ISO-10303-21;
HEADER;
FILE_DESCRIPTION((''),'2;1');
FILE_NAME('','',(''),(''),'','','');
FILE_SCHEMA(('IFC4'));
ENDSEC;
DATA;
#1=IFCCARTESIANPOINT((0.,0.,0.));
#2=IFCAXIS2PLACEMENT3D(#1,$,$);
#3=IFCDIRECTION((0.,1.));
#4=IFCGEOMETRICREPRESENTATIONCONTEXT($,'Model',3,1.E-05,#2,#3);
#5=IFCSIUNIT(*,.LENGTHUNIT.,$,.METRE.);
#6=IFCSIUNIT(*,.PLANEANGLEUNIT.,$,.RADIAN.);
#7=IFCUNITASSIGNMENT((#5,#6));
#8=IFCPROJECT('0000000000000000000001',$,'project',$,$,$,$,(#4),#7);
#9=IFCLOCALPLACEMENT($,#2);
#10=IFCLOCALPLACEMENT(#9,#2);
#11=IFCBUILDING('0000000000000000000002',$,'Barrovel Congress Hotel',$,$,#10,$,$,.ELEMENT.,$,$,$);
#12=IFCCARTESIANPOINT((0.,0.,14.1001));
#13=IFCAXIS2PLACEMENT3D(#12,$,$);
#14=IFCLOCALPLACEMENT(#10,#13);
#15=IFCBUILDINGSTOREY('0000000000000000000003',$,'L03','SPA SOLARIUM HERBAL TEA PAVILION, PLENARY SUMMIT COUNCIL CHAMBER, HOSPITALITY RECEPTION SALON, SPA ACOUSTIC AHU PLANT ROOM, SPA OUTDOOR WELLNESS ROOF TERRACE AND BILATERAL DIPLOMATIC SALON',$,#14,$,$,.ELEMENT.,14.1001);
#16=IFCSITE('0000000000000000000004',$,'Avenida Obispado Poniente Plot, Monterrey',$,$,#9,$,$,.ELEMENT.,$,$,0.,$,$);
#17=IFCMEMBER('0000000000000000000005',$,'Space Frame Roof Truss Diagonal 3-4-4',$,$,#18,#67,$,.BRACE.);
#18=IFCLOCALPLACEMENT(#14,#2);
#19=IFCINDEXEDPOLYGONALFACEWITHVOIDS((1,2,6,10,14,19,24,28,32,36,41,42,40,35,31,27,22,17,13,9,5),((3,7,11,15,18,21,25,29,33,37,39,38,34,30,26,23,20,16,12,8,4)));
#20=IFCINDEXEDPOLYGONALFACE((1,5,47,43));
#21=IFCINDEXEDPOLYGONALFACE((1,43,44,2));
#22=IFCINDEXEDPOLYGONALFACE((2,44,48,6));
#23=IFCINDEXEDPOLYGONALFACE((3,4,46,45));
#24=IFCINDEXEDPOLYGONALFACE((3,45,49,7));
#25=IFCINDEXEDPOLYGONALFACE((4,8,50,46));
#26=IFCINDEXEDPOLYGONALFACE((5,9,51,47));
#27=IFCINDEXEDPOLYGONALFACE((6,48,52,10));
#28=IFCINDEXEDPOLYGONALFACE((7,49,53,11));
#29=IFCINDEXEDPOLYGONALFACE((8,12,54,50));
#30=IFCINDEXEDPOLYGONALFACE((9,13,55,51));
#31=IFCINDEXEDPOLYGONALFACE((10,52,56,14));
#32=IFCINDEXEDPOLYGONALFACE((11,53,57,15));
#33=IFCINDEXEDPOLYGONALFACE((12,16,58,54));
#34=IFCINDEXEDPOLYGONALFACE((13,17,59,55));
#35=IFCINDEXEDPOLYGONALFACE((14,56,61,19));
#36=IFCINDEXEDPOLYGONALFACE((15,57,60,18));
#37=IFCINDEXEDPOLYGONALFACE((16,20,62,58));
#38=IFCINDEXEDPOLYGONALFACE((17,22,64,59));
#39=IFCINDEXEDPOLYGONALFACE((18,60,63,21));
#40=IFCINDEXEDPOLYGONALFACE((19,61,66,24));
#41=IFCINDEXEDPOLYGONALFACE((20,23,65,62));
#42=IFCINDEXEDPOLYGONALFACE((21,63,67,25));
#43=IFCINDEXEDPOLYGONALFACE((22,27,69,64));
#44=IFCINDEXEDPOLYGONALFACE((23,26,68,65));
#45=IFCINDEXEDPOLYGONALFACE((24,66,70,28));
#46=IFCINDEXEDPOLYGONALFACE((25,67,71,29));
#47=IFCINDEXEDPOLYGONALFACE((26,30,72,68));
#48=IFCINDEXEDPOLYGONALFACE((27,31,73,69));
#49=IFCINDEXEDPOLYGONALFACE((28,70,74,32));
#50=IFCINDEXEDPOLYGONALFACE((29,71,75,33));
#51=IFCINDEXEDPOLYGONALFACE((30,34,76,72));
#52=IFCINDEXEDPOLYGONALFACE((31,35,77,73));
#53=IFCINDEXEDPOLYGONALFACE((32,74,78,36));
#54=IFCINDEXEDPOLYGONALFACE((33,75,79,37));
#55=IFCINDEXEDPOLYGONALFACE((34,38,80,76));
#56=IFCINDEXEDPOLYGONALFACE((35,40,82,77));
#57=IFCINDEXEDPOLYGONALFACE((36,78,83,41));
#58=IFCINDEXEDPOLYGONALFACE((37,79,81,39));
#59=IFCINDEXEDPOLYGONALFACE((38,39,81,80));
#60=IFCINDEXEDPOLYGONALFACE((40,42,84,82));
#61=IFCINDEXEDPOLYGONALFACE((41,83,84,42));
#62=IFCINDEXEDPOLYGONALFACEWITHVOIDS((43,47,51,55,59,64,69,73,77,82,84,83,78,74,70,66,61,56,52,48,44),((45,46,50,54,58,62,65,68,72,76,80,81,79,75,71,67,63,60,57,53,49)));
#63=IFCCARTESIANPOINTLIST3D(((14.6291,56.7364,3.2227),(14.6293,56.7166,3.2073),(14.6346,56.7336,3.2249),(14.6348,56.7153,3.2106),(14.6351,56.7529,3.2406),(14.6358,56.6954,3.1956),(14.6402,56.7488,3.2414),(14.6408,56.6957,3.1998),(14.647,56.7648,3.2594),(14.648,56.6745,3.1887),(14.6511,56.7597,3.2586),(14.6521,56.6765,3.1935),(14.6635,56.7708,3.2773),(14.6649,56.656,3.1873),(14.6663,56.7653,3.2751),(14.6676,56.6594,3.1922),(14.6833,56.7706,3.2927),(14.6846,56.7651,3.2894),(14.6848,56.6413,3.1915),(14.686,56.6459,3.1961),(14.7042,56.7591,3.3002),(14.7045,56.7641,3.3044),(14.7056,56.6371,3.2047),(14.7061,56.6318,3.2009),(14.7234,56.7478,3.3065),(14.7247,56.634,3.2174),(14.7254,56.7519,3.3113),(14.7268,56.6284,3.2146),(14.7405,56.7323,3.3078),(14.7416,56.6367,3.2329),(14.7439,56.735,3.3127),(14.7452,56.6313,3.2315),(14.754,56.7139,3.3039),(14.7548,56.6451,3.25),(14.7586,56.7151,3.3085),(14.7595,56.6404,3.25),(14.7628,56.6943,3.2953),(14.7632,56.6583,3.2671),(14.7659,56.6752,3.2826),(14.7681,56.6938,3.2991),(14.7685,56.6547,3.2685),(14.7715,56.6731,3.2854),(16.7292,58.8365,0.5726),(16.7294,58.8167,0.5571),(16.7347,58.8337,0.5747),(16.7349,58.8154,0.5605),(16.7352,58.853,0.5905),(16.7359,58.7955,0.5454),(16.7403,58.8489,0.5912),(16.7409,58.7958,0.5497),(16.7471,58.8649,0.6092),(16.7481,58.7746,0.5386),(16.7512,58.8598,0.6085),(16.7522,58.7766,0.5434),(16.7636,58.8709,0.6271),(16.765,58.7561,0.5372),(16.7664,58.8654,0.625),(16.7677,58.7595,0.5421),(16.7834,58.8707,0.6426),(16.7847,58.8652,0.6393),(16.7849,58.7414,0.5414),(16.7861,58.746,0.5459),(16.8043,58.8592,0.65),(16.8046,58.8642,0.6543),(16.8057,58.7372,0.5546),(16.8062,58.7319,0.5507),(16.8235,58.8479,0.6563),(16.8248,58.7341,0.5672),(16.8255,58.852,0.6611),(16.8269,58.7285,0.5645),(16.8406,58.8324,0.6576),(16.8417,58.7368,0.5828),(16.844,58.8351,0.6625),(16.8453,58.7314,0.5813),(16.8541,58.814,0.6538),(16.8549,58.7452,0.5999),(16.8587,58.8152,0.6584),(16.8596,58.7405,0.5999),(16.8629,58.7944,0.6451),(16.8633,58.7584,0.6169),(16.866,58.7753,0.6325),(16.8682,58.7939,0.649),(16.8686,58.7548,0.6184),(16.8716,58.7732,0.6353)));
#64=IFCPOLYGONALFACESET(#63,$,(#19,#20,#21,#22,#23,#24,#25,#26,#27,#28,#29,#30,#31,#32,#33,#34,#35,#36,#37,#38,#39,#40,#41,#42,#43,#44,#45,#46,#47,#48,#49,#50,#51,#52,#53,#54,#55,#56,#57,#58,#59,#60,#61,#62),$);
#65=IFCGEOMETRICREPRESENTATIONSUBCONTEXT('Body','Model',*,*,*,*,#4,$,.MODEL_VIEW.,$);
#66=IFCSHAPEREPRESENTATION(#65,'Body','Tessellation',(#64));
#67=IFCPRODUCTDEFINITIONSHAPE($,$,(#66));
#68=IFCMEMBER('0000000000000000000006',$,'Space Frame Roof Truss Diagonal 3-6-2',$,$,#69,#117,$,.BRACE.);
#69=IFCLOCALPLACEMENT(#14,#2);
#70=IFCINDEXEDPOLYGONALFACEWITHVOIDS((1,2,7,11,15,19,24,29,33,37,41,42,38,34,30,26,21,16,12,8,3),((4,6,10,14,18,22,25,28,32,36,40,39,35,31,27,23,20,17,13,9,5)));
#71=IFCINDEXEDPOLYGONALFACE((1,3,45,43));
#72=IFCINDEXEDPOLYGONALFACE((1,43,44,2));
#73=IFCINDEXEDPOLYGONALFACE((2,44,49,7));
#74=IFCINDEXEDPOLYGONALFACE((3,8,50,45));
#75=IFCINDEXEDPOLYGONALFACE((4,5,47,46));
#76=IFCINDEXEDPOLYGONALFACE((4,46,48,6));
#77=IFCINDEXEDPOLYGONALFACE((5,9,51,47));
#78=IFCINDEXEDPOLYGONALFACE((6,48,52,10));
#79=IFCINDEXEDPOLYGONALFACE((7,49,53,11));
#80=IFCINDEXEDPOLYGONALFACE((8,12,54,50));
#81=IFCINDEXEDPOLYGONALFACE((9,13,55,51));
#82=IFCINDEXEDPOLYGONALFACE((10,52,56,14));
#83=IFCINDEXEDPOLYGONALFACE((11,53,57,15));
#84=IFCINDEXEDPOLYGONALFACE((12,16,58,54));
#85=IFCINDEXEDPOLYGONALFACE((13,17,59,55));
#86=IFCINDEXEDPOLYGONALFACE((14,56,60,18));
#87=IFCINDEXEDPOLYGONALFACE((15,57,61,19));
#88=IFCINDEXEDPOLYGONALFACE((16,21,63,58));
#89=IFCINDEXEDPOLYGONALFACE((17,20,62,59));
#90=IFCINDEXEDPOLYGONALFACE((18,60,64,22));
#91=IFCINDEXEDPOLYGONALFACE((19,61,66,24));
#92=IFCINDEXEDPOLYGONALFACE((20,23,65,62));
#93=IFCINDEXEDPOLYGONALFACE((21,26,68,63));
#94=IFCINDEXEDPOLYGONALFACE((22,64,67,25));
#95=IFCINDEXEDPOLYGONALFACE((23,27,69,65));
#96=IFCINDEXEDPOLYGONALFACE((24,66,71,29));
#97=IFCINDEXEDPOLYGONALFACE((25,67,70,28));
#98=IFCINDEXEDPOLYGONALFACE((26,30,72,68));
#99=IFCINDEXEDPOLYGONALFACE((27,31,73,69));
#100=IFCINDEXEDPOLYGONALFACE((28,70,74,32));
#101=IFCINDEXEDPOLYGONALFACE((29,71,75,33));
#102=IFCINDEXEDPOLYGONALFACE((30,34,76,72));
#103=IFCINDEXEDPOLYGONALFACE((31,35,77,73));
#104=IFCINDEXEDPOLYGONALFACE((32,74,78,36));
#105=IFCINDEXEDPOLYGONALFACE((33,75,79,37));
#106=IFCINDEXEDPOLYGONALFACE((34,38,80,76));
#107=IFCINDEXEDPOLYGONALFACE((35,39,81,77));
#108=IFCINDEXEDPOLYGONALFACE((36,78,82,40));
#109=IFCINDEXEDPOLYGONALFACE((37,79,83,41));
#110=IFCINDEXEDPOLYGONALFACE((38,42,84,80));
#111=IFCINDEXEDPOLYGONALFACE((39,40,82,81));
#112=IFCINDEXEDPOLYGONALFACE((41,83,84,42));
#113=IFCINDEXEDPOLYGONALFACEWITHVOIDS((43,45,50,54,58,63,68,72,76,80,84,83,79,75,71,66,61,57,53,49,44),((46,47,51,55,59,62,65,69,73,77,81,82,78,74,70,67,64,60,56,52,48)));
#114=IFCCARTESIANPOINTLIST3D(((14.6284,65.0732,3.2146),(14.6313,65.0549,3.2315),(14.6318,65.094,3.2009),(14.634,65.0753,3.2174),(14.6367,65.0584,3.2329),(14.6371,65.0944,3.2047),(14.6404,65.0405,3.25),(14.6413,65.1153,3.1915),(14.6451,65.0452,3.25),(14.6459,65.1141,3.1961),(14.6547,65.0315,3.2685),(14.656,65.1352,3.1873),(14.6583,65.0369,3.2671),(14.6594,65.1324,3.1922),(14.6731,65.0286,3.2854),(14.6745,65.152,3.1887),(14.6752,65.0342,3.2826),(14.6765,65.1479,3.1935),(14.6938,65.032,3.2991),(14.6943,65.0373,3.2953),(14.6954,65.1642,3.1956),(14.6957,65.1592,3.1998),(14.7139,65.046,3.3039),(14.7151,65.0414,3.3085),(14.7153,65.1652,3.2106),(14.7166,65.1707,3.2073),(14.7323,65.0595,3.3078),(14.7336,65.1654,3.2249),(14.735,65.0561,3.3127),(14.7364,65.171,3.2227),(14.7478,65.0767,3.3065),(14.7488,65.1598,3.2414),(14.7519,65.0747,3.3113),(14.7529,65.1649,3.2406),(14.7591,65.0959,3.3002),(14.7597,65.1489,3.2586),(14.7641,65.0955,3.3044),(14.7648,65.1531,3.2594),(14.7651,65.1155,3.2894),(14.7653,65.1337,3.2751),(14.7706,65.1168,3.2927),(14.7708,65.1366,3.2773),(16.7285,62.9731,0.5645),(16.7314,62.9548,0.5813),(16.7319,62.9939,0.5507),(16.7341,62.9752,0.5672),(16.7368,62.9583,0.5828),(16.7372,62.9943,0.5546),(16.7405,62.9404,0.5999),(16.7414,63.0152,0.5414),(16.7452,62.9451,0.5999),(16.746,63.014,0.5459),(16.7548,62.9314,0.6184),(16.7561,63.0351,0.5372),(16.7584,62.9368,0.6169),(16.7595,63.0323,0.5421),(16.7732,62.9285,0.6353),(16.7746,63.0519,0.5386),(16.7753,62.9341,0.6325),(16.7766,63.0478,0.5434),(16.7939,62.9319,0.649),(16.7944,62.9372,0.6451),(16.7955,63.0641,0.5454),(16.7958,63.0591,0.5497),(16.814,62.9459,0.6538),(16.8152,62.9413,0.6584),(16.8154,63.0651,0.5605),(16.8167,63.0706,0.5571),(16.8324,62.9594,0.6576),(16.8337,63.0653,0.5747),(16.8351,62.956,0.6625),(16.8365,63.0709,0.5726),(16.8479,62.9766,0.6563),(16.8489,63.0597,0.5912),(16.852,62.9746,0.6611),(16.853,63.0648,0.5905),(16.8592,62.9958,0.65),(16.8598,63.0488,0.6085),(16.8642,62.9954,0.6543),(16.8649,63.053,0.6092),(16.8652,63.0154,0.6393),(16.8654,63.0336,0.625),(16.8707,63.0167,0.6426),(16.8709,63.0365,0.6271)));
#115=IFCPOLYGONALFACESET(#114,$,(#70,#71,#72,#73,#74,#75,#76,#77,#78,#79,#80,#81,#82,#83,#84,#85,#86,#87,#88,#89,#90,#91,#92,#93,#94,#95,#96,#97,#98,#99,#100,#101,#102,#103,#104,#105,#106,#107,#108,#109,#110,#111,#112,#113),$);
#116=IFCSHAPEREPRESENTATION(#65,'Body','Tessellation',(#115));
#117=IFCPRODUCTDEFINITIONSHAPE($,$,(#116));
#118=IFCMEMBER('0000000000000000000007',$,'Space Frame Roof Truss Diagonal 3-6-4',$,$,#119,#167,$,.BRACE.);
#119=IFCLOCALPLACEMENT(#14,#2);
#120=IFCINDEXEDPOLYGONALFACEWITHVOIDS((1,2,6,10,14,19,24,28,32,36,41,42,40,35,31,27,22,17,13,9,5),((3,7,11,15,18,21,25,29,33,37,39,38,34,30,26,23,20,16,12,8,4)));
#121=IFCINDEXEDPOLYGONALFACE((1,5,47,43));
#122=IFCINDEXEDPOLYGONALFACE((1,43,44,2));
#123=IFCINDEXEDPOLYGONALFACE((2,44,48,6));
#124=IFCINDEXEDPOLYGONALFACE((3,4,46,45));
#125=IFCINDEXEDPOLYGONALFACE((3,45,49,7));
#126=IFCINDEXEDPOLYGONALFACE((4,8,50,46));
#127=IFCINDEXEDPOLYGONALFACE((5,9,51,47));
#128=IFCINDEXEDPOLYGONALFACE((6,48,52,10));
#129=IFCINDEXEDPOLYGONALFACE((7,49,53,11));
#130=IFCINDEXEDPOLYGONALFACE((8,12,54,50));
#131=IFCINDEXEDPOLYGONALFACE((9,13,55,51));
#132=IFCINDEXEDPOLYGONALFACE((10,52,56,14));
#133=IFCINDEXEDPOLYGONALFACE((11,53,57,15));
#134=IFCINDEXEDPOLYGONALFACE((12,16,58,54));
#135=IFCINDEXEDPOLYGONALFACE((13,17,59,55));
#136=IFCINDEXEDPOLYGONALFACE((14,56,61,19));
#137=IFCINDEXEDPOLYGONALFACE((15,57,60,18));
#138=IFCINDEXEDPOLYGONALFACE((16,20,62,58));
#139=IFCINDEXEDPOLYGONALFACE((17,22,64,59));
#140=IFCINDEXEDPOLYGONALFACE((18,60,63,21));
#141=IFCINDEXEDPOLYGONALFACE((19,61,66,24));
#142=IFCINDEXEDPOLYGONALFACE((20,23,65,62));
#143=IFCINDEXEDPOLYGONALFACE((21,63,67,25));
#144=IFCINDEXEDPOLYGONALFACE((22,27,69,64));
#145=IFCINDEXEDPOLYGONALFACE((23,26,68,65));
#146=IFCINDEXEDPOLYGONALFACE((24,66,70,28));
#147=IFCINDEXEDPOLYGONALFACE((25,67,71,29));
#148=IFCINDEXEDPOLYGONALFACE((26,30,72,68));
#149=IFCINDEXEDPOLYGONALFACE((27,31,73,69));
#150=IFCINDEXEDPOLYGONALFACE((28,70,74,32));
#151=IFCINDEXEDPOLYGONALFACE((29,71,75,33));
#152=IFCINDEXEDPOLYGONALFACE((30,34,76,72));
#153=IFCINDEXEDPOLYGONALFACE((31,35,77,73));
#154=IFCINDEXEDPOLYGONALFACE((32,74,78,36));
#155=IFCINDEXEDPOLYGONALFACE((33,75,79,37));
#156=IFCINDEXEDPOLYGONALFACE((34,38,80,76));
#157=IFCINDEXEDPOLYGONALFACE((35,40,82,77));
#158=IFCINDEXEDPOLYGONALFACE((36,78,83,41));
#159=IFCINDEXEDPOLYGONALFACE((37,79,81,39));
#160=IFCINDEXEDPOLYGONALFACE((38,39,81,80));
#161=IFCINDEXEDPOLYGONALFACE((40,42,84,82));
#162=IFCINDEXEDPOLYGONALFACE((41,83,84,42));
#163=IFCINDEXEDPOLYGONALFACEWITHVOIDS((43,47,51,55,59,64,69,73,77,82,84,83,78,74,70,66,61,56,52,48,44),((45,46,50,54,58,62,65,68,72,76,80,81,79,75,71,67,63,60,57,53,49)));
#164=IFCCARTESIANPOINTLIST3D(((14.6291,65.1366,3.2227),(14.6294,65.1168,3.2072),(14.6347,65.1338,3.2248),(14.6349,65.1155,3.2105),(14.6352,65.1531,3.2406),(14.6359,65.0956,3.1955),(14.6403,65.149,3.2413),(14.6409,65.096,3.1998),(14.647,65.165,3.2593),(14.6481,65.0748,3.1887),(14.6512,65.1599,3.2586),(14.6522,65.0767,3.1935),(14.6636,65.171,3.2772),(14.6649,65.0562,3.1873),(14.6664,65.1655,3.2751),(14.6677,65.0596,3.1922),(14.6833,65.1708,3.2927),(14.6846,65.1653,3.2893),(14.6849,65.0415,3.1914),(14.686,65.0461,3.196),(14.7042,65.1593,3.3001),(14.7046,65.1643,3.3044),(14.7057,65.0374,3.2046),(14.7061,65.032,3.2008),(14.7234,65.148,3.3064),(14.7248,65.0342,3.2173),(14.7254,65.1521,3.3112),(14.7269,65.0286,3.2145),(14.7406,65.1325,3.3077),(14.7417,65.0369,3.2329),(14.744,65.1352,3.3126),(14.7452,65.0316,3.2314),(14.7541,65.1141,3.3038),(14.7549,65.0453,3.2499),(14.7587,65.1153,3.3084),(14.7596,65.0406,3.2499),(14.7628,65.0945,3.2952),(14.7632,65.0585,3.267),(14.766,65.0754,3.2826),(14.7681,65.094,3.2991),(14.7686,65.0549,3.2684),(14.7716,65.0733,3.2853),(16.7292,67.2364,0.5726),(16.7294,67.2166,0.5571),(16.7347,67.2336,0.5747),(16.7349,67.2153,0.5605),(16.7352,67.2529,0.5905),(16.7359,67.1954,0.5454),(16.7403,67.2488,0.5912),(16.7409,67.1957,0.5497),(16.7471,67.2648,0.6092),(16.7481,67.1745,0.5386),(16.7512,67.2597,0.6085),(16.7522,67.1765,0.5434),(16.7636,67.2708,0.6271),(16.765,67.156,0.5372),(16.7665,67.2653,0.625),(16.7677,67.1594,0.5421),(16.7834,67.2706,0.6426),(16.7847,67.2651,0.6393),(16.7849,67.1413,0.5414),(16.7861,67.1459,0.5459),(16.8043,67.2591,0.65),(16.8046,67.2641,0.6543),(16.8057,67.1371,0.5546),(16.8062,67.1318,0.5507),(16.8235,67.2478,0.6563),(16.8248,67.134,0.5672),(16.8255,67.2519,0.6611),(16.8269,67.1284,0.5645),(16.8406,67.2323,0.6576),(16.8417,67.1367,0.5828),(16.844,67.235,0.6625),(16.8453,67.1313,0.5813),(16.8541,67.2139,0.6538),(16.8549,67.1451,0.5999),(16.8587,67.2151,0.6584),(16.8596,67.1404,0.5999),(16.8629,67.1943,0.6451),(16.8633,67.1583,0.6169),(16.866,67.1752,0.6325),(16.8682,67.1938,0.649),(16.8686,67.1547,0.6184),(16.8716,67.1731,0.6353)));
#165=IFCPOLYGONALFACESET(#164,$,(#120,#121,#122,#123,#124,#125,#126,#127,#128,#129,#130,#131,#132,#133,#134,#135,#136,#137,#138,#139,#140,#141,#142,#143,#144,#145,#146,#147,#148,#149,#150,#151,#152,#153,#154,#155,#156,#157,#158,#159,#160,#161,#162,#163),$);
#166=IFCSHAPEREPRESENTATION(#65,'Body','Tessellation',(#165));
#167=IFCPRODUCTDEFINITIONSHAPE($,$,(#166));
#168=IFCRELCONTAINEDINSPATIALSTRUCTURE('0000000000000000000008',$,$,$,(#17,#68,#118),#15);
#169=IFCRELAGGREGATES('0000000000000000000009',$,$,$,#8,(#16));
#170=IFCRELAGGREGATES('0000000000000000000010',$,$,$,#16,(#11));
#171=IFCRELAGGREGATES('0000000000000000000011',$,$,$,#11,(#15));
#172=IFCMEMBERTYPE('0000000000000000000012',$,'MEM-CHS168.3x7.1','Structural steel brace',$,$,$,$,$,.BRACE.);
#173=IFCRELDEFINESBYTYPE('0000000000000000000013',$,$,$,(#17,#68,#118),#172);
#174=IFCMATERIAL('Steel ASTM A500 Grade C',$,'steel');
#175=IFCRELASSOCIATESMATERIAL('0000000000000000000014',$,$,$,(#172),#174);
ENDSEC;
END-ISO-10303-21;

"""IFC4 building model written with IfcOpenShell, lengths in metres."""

from ifc_helpers import new_model, si_unit, direction, frame, origin, origin_2d, place, context, subcontext, project, spatial, hollow_circle, extrude, material, material_profile, profile_set, type_object, element, save


model = new_model("IFC4")

# Units and contexts
model_context = context("Model", 3, precision=1e-05, world=origin(), true_north=direction((0.0, 1.0)))
body_context = subcontext(model_context, "Body", "Model", "MODEL_VIEW")
ifc_project = project(units=[si_unit("LENGTHUNIT", "METRE"), si_unit("PLANEANGLEUNIT", "RADIAN")], contexts=[model_context])

# Site, building, storey
site_placement = place(None, origin())
site = spatial("IfcSite", under=ifc_project, at=site_placement, Name="Avenida Obispado Poniente Plot, Monterrey", CompositionType="ELEMENT", RefElevation=0.0)
building_placement = place(site_placement, origin())
building = spatial("IfcBuilding", under=site, at=building_placement, Name="Barrovel Congress Hotel", CompositionType="ELEMENT")
storey_placement = place(building_placement, frame((0.0, 0.0, 14.1001)))
storey = spatial("IfcBuildingStorey", under=building, at=storey_placement, Name="L03", Description="SPA SOLARIUM HERBAL TEA PAVILION, PLENARY SUMMIT COUNCIL CHAMBER, HOSPITALITY RECEPTION SALON, SPA ACOUSTIC AHU PLANT ROOM, SPA OUTDOOR WELLNESS ROOF TERRACE AND BILATERAL DIPLOMATIC SALON", CompositionType="ELEMENT", Elevation=14.1001)

# Members
ifc_material_1 = material(Name="Steel ASTM A500 Grade C", Category="steel")
ifc_material_profile_1 = material_profile(ifc_material_1, hollow_circle(Radius=0.0842, WallThickness=0.0066, at=origin_2d()), Name="CHS168.3x7.1")
ifc_profile_set_1 = profile_set([ifc_material_profile_1], Name="Steel ASTM A500 Grade C")
member_type_1 = type_object("IfcMemberType", Name="MEM-CHS168.3x7.1", Description="Structural steel brace", PredefinedType="BRACE", material=ifc_profile_set_1)
for number, where, z_axis, x_axis, name in (
    (1, (16.8, 58.8, 0.5999), (-0.527601, -0.527601, 0.665788), (0.707107, -0.707107, 0.0), "Space Frame Roof Truss Diagonal 3-4-4"),
    (2, (16.8, 63.0, 0.5999), (-0.527601, 0.527601, 0.665788), (-0.707107, -0.707107, 0.0), "Space Frame Roof Truss Diagonal 3-6-2"),
):
    element("IfcMember", number, at=place(storey_placement, frame(where, z_axis=z_axis, x_axis=x_axis)), inside=storey, type_object=member_type_1, Name=name, PredefinedType="BRACE", context=body_context, shape_type="SweptSolid", body=[
        extrude(hollow_circle(Radius=0.0842, WallThickness=0.0066, at=origin_2d()), origin(), (0.0, 0.0, 1.0), 3.9805),
    ])
for number, where, z_axis, x_axis, name in (
    (3, (16.8, 67.2, 0.5999), (-0.527618, -0.527557, 0.66581), (0.707066, -0.707148, 0.0), "Space Frame Roof Truss Diagonal 3-6-4"),
):
    element("IfcMember", number, at=place(storey_placement, frame(where, z_axis=z_axis, x_axis=x_axis)), inside=storey, type_object=member_type_1, Name=name, PredefinedType="BRACE", context=body_context, shape_type="SweptSolid", body=[
        extrude(hollow_circle(Radius=0.0842, WallThickness=0.0066, at=origin_2d()), origin(), (0.0, 0.0, 1.0), 3.9802),
    ])

save(model, "model.ifc")
